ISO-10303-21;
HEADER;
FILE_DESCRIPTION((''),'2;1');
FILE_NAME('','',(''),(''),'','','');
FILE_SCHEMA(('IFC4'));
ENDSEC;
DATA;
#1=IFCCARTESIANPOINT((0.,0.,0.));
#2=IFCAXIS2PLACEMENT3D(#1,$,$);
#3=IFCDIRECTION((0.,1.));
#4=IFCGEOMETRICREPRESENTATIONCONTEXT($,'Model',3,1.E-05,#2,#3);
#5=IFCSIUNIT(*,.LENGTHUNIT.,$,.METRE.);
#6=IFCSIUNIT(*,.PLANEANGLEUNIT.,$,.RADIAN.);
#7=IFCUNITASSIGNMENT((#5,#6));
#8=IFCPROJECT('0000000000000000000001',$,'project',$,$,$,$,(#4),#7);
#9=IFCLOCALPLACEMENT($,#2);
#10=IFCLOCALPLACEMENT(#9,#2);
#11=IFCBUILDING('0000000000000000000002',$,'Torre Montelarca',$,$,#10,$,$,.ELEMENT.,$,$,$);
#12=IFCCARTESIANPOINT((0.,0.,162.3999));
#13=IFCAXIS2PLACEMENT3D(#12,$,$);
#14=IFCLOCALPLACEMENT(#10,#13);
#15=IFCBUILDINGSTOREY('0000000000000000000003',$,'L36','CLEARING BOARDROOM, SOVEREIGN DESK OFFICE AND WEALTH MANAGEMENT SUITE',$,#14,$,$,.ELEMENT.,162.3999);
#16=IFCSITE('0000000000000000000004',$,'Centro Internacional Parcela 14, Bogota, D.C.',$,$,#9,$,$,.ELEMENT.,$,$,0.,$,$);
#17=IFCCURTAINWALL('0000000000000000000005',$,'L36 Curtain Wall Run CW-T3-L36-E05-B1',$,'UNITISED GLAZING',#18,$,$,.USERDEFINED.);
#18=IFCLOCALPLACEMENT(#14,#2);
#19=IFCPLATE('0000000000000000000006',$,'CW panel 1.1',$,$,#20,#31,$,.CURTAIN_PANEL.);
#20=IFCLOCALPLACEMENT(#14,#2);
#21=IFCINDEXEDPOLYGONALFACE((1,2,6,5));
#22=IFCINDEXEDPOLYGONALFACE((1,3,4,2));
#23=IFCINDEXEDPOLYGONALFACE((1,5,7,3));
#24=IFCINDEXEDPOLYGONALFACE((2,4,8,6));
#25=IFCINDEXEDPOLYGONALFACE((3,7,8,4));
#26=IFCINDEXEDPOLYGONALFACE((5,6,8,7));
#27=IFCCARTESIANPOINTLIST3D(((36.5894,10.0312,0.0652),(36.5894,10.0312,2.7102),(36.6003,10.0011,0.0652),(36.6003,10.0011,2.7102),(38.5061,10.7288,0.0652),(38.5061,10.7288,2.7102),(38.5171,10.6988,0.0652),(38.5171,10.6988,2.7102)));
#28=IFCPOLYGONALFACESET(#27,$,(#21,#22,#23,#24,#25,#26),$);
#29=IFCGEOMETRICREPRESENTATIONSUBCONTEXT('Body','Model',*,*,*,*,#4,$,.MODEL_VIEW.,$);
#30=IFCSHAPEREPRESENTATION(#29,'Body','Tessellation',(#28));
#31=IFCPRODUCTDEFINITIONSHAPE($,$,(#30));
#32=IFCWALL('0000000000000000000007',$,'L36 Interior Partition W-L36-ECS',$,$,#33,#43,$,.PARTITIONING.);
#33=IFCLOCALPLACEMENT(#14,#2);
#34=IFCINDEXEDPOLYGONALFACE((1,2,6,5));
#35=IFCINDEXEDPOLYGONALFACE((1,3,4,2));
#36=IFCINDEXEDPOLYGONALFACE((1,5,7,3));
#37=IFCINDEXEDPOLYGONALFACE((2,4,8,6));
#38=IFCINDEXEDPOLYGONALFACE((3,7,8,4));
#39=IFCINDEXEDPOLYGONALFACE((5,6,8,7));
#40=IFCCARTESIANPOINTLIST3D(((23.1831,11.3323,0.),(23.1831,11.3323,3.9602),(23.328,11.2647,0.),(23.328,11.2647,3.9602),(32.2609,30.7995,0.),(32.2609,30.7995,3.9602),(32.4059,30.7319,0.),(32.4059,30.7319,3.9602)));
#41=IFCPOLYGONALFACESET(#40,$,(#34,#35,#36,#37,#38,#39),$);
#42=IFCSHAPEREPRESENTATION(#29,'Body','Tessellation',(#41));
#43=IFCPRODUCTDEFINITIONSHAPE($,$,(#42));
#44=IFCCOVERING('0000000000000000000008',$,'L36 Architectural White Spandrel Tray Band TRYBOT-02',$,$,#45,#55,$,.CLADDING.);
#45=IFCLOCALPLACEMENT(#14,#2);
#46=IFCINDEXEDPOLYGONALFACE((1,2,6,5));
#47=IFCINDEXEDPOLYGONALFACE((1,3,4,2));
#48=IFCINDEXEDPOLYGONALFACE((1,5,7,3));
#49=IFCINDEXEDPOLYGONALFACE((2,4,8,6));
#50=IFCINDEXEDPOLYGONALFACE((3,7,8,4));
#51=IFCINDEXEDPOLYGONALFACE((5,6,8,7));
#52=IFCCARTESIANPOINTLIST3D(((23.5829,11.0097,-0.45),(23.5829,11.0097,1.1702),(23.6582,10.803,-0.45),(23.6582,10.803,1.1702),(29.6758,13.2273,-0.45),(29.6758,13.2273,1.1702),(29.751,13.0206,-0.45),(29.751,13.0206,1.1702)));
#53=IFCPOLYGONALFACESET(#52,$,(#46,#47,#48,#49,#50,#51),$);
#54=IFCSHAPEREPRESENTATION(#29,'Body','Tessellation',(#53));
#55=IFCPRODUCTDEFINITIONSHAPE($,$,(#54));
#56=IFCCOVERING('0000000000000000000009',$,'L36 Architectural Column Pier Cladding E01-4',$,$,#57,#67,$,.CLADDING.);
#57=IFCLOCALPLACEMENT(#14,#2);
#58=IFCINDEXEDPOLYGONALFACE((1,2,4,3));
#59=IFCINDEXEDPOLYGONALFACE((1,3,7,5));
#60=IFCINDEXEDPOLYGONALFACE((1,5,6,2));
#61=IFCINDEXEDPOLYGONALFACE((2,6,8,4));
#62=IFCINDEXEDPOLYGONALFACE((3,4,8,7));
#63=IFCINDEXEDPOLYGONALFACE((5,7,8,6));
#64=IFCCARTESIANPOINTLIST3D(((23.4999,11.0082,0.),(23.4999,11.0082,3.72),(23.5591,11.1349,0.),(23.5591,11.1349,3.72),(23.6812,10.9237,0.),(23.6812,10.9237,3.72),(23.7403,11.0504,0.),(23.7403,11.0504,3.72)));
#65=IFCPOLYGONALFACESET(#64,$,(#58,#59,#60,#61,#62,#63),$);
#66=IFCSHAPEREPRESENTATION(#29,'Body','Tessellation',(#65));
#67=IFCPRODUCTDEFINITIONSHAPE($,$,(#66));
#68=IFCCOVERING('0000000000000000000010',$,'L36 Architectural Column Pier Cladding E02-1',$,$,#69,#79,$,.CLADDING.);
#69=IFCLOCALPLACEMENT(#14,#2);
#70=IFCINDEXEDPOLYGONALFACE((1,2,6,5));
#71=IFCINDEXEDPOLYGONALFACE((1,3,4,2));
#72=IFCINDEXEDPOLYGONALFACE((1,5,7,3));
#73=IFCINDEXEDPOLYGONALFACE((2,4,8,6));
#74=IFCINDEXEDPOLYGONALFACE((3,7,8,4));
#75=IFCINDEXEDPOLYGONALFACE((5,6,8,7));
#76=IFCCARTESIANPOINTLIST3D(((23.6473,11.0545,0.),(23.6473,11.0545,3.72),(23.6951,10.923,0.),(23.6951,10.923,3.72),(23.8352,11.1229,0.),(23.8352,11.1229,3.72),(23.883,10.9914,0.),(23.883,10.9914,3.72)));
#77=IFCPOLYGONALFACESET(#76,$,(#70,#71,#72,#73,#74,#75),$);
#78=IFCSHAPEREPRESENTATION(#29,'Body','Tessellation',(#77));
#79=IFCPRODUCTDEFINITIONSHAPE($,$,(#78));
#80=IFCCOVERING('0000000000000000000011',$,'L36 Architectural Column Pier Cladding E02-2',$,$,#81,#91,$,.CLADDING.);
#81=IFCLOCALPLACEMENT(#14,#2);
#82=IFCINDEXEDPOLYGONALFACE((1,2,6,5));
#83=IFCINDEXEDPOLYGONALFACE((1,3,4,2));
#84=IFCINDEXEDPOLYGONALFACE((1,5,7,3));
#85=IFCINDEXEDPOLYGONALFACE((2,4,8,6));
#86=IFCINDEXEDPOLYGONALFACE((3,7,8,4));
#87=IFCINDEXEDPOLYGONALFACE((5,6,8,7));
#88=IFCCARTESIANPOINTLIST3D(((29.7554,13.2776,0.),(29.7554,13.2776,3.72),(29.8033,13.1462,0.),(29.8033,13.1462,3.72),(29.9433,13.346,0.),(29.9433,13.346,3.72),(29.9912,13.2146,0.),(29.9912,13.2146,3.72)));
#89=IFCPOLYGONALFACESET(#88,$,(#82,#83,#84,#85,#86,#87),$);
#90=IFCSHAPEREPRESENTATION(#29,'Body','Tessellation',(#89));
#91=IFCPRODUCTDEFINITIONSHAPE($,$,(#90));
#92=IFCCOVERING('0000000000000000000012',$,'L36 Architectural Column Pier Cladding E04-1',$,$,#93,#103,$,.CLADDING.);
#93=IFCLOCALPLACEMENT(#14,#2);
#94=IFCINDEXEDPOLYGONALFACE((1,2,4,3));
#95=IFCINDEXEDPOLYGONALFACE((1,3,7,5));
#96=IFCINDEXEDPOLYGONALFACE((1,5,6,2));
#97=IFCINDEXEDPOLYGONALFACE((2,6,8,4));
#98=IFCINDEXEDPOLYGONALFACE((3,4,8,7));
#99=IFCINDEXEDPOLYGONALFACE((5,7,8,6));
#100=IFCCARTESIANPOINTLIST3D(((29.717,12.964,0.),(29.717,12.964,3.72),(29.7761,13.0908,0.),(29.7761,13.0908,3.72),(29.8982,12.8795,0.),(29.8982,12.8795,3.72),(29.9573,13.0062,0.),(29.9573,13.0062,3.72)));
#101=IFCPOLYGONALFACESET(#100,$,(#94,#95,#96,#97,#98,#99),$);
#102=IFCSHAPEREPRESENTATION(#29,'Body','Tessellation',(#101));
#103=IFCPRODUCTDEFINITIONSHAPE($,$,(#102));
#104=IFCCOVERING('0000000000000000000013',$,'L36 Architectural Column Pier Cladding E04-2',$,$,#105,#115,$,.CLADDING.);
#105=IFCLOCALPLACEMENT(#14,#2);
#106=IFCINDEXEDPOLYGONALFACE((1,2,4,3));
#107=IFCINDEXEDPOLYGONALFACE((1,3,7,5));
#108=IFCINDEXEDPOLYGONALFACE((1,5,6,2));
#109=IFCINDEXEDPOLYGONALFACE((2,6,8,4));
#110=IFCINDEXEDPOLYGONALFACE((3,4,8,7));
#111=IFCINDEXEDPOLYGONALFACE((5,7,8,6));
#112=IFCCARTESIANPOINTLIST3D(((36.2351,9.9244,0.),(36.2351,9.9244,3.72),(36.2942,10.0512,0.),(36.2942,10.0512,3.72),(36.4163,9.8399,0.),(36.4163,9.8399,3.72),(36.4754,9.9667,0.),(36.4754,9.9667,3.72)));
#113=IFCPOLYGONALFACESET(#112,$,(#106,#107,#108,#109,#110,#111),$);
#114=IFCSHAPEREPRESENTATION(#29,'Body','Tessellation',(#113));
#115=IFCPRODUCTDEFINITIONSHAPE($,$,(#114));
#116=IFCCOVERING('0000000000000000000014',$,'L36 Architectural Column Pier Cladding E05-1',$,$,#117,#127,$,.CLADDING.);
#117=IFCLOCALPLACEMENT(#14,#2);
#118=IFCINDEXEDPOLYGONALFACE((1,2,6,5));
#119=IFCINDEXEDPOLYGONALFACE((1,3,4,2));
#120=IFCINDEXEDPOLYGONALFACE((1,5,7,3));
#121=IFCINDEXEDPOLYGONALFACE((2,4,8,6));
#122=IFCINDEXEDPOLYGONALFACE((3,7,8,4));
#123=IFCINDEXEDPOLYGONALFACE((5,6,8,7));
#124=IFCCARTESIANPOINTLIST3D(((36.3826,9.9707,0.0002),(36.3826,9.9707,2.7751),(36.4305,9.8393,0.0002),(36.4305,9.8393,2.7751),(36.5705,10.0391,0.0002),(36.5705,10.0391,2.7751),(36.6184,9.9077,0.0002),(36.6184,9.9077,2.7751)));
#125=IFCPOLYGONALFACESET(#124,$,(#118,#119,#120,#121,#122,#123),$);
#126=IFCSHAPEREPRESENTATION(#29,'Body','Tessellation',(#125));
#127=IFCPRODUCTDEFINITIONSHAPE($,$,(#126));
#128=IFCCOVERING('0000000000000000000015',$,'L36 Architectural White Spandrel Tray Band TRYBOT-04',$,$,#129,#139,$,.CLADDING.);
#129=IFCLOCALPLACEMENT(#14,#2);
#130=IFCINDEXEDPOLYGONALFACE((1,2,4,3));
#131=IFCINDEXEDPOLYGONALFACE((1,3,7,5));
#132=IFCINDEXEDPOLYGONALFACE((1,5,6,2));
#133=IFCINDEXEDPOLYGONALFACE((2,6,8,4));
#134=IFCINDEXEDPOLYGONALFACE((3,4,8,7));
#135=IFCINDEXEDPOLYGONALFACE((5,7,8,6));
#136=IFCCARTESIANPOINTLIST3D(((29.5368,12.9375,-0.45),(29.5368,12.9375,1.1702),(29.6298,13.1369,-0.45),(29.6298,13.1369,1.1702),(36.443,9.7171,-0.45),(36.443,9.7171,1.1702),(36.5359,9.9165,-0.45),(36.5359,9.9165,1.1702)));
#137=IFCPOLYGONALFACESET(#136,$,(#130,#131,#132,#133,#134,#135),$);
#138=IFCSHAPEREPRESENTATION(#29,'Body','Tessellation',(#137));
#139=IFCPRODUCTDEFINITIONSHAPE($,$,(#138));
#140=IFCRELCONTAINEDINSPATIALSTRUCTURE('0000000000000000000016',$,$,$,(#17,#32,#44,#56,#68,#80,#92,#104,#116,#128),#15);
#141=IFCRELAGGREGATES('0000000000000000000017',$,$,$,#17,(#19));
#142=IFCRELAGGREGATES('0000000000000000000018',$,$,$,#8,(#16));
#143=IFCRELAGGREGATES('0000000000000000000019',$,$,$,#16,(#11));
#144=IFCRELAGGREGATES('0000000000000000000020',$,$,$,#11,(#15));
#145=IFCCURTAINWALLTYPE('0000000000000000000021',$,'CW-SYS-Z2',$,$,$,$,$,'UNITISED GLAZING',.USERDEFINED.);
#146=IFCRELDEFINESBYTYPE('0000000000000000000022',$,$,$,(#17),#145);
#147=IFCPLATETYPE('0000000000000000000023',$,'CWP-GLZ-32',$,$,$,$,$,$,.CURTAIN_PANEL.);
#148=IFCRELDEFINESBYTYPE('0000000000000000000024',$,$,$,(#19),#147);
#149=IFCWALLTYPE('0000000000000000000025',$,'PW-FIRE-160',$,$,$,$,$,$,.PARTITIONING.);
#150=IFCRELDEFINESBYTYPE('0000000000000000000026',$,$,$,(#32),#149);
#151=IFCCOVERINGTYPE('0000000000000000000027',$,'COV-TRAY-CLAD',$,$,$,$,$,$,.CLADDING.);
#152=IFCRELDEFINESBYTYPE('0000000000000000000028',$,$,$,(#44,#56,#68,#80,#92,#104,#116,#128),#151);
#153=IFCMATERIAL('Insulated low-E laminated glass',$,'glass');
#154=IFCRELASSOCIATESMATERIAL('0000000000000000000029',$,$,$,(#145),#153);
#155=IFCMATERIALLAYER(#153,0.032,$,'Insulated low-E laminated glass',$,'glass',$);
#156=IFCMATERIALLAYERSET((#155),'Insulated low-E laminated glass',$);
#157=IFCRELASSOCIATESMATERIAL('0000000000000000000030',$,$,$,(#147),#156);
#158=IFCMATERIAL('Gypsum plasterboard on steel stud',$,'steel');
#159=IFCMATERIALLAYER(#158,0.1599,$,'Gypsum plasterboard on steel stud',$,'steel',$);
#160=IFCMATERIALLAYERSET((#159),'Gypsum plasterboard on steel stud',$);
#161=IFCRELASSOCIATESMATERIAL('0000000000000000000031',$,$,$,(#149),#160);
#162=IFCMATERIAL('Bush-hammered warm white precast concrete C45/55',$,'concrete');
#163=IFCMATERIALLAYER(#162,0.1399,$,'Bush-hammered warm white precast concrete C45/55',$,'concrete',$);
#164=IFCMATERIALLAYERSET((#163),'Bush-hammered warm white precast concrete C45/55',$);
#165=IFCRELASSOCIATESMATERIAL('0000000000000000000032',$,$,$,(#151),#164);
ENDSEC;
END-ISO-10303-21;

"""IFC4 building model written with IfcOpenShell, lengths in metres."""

from ifc_helpers import new_model, si_unit, direction, frame, frame_2d, origin, origin_2d, place, context, subcontext, project, spatial, rectangle, extrude, source, transform, mapped, material, layer, layer_set, type_object, element, aggregate, save


model = new_model("IFC4")

# Units and contexts
model_context = context("Model", 3, precision=1e-05, world=origin(), true_north=direction((0.0, 1.0)))
body_context = subcontext(model_context, "Body", "Model", "MODEL_VIEW")
ifc_project = project(units=[si_unit("LENGTHUNIT", "METRE"), si_unit("PLANEANGLEUNIT", "RADIAN")], contexts=[model_context])

# Site, building, storey
site_placement = place(None, origin())
site = spatial("IfcSite", under=ifc_project, at=site_placement, Name="Centro Internacional Parcela 14, Bogota, D.C.", CompositionType="ELEMENT", RefElevation=0.0)
building_placement = place(site_placement, origin())
building = spatial("IfcBuilding", under=site, at=building_placement, Name="Torre Montelarca", CompositionType="ELEMENT")
storey_placement = place(building_placement, frame((0.0, 0.0, 162.3999)))
storey = spatial("IfcBuildingStorey", under=building, at=storey_placement, Name="L36", Description="CLEARING BOARDROOM, SOVEREIGN DESK OFFICE AND WEALTH MANAGEMENT SUITE", CompositionType="ELEMENT", Elevation=162.3999)

# Shared definitions
ifc_material_1 = material(Name="Insulated low-E laminated glass", Category="glass")
curtain_wall_type = type_object("IfcCurtainWallType", Name="CW-SYS-Z2", ElementType="UNITISED GLAZING", PredefinedType="USERDEFINED", material=ifc_material_1)

# Curtain wall
curtain_wall_1_placement = place(storey_placement, origin())
curtain_wall_1 = element("IfcCurtainWall", 1, at=curtain_wall_1_placement, inside=storey, type_object=curtain_wall_type, Name="L36 Curtain Wall Run CW-T3-L36-E05-B1", ObjectType="UNITISED GLAZING", PredefinedType="USERDEFINED")

# Plate
ifc_layer_1 = layer(ifc_material_1, 0.032, Name="Insulated low-E laminated glass", Category="glass")
ifc_layer_set_1 = layer_set([ifc_layer_1], Name="Insulated low-E laminated glass")
plate_type = type_object("IfcPlateType", Name="CWP-GLZ-32", PredefinedType="CURTAIN_PANEL", material=ifc_layer_set_1)
shared_shape_1 = source(origin(), body_context, "Body", "SweptSolid", [
    extrude(rectangle(XDim=2.0398, YDim=0.032, at=origin_2d()), origin(), (0.0, 0.0, 1.0), 2.645),
])
plate_1_placement = place(storey_placement, frame((37.5532, 10.365, 0.0652), z_axis=(0.0, 0.0, 1.0), x_axis=(0.939694, 0.342015, 0.0)))
plate_1 = element("IfcPlate", 2, at=plate_1_placement, type_object=plate_type, Name="CW panel 1.1", PredefinedType="CURTAIN_PANEL", context=body_context, shape_type="MappedRepresentation", body=[
    mapped(shared_shape_1, transform((0.0, 0.0, 0.0), scale=1.0)),
])
aggregate(curtain_wall_1, [plate_1])

# Wall
ifc_material_2 = material(Name="Gypsum plasterboard on steel stud", Category="steel")
ifc_layer_2 = layer(ifc_material_2, 0.1599, Name="Gypsum plasterboard on steel stud", Category="steel")
ifc_layer_set_2 = layer_set([ifc_layer_2], Name="Gypsum plasterboard on steel stud")
wall_type = type_object("IfcWallType", Name="PW-FIRE-160", PredefinedType="PARTITIONING", material=ifc_layer_set_2)
wall_placement = place(storey_placement, frame((23.2556, 11.2986, 0.0), z_axis=(0.0, 0.0, 1.0), x_axis=(0.422623, 0.906305, 0.0)))
element("IfcWall", 3, at=wall_placement, inside=storey, type_object=wall_type, Name="L36 Interior Partition W-L36-ECS", PredefinedType="PARTITIONING", context=body_context, shape_type="SweptSolid", body=[
    extrude(rectangle(XDim=21.4797, YDim=0.1599, at=frame_2d((10.7397, 0.0))), origin(), (0.0, 0.0, 1.0), 3.9602),
])

# Coverings
ifc_material_3 = material(Name="Bush-hammered warm white precast concrete C45/55", Category="concrete")
ifc_layer_3 = layer(ifc_material_3, 0.1399, Name="Bush-hammered warm white precast concrete C45/55", Category="concrete")
ifc_layer_set_3 = layer_set([ifc_layer_3], Name="Bush-hammered warm white precast concrete C45/55")
covering_type = type_object("IfcCoveringType", Name="COV-TRAY-CLAD", PredefinedType="CLADDING", material=ifc_layer_set_3)
shared_shape_2 = source(origin(), body_context, "Body", "SweptSolid", [
    extrude(rectangle(XDim=6.4839, YDim=0.22, at=origin_2d()), origin(), (0.0, 0.0, 1.0), 1.6201),
])
covering_1_placement = place(storey_placement, frame((26.667, 12.0151, -0.45), z_axis=(0.0, 0.0, 1.0), x_axis=(0.939693, 0.342019, 0.0)))
element("IfcCovering", 4, at=covering_1_placement, inside=storey, type_object=covering_type, Name="L36 Architectural White Spandrel Tray Band TRYBOT-02", PredefinedType="CLADDING", context=body_context, shape_type="MappedRepresentation", body=[
    mapped(shared_shape_2, transform((0.0, 0.0, 0.0), scale=1.0)),
])
shared_shape_3 = source(origin(), body_context, "Body", "SweptSolid", [
    extrude(rectangle(XDim=0.2, YDim=0.1399, at=origin_2d()), origin(), (0.0, 0.0, 1.0), 3.72),
])
for number, where, z_axis, x_axis, name in (
    (5, (23.6201, 11.0293, 0.0), (0.0, 0.0, 1.0), (0.906309, -0.422617, 0.0), "L36 Architectural Column Pier Cladding E01-4"),
    (6, (23.7651, 11.0229, 0.0), (0.0, 0.0, 1.0), (0.939695, 0.342014, 0.0), "L36 Architectural Column Pier Cladding E02-1"),
    (7, (29.8733, 13.2461, 0.0), (0.0, 0.0, 1.0), (0.939695, 0.342014, 0.0), "L36 Architectural Column Pier Cladding E02-2"),
    (8, (29.8372, 12.9851, 0.0), (0.0, 0.0, 1.0), (0.906309, -0.422615, 0.0), "L36 Architectural Column Pier Cladding E04-1"),
    (9, (36.3552, 9.9456, 0.0), (0.0, 0.0, 1.0), (0.906309, -0.422615, 0.0), "L36 Architectural Column Pier Cladding E04-2"),
):
    element("IfcCovering", number, at=place(storey_placement, frame(where, z_axis=z_axis, x_axis=x_axis)), inside=storey, type_object=covering_type, Name=name, PredefinedType="CLADDING", context=body_context, shape_type="MappedRepresentation", body=[
        mapped(shared_shape_3, transform((0.0, 0.0, 0.0), scale=1.0)),
    ])
shared_shape_4 = source(origin(), body_context, "Body", "SweptSolid", [
    extrude(rectangle(XDim=0.2, YDim=0.1399, at=origin_2d()), origin(), (0.0, 0.0, 1.0), 2.7749),
])
covering_2_placement = place(storey_placement, frame((36.5005, 9.9392, 0.0002), z_axis=(0.0, 0.0, 1.0), x_axis=(0.939696, 0.342012, 0.0)))
element("IfcCovering", 10, at=covering_2_placement, inside=storey, type_object=covering_type, Name="L36 Architectural Column Pier Cladding E05-1", PredefinedType="CLADDING", context=body_context, shape_type="MappedRepresentation", body=[
    mapped(shared_shape_4, transform((0.0, 0.0, 0.0), scale=1.0)),
])
shared_shape_5 = source(origin(), body_context, "Body", "SweptSolid", [
    extrude(rectangle(XDim=7.6201, YDim=0.22, at=origin_2d()), origin(), (0.0, 0.0, 1.0), 1.6201),
])
covering_3_placement = place(storey_placement, frame((33.0364, 11.427, -0.45), z_axis=(0.0, 0.0, 1.0), x_axis=(0.906309, -0.422615, 0.0)))
element("IfcCovering", 11, at=covering_3_placement, inside=storey, type_object=covering_type, Name="L36 Architectural White Spandrel Tray Band TRYBOT-04", PredefinedType="CLADDING", context=body_context, shape_type="MappedRepresentation", body=[
    mapped(shared_shape_5, transform((0.0, 0.0, 0.0), scale=1.0)),
])

save(model, "model.ifc")
